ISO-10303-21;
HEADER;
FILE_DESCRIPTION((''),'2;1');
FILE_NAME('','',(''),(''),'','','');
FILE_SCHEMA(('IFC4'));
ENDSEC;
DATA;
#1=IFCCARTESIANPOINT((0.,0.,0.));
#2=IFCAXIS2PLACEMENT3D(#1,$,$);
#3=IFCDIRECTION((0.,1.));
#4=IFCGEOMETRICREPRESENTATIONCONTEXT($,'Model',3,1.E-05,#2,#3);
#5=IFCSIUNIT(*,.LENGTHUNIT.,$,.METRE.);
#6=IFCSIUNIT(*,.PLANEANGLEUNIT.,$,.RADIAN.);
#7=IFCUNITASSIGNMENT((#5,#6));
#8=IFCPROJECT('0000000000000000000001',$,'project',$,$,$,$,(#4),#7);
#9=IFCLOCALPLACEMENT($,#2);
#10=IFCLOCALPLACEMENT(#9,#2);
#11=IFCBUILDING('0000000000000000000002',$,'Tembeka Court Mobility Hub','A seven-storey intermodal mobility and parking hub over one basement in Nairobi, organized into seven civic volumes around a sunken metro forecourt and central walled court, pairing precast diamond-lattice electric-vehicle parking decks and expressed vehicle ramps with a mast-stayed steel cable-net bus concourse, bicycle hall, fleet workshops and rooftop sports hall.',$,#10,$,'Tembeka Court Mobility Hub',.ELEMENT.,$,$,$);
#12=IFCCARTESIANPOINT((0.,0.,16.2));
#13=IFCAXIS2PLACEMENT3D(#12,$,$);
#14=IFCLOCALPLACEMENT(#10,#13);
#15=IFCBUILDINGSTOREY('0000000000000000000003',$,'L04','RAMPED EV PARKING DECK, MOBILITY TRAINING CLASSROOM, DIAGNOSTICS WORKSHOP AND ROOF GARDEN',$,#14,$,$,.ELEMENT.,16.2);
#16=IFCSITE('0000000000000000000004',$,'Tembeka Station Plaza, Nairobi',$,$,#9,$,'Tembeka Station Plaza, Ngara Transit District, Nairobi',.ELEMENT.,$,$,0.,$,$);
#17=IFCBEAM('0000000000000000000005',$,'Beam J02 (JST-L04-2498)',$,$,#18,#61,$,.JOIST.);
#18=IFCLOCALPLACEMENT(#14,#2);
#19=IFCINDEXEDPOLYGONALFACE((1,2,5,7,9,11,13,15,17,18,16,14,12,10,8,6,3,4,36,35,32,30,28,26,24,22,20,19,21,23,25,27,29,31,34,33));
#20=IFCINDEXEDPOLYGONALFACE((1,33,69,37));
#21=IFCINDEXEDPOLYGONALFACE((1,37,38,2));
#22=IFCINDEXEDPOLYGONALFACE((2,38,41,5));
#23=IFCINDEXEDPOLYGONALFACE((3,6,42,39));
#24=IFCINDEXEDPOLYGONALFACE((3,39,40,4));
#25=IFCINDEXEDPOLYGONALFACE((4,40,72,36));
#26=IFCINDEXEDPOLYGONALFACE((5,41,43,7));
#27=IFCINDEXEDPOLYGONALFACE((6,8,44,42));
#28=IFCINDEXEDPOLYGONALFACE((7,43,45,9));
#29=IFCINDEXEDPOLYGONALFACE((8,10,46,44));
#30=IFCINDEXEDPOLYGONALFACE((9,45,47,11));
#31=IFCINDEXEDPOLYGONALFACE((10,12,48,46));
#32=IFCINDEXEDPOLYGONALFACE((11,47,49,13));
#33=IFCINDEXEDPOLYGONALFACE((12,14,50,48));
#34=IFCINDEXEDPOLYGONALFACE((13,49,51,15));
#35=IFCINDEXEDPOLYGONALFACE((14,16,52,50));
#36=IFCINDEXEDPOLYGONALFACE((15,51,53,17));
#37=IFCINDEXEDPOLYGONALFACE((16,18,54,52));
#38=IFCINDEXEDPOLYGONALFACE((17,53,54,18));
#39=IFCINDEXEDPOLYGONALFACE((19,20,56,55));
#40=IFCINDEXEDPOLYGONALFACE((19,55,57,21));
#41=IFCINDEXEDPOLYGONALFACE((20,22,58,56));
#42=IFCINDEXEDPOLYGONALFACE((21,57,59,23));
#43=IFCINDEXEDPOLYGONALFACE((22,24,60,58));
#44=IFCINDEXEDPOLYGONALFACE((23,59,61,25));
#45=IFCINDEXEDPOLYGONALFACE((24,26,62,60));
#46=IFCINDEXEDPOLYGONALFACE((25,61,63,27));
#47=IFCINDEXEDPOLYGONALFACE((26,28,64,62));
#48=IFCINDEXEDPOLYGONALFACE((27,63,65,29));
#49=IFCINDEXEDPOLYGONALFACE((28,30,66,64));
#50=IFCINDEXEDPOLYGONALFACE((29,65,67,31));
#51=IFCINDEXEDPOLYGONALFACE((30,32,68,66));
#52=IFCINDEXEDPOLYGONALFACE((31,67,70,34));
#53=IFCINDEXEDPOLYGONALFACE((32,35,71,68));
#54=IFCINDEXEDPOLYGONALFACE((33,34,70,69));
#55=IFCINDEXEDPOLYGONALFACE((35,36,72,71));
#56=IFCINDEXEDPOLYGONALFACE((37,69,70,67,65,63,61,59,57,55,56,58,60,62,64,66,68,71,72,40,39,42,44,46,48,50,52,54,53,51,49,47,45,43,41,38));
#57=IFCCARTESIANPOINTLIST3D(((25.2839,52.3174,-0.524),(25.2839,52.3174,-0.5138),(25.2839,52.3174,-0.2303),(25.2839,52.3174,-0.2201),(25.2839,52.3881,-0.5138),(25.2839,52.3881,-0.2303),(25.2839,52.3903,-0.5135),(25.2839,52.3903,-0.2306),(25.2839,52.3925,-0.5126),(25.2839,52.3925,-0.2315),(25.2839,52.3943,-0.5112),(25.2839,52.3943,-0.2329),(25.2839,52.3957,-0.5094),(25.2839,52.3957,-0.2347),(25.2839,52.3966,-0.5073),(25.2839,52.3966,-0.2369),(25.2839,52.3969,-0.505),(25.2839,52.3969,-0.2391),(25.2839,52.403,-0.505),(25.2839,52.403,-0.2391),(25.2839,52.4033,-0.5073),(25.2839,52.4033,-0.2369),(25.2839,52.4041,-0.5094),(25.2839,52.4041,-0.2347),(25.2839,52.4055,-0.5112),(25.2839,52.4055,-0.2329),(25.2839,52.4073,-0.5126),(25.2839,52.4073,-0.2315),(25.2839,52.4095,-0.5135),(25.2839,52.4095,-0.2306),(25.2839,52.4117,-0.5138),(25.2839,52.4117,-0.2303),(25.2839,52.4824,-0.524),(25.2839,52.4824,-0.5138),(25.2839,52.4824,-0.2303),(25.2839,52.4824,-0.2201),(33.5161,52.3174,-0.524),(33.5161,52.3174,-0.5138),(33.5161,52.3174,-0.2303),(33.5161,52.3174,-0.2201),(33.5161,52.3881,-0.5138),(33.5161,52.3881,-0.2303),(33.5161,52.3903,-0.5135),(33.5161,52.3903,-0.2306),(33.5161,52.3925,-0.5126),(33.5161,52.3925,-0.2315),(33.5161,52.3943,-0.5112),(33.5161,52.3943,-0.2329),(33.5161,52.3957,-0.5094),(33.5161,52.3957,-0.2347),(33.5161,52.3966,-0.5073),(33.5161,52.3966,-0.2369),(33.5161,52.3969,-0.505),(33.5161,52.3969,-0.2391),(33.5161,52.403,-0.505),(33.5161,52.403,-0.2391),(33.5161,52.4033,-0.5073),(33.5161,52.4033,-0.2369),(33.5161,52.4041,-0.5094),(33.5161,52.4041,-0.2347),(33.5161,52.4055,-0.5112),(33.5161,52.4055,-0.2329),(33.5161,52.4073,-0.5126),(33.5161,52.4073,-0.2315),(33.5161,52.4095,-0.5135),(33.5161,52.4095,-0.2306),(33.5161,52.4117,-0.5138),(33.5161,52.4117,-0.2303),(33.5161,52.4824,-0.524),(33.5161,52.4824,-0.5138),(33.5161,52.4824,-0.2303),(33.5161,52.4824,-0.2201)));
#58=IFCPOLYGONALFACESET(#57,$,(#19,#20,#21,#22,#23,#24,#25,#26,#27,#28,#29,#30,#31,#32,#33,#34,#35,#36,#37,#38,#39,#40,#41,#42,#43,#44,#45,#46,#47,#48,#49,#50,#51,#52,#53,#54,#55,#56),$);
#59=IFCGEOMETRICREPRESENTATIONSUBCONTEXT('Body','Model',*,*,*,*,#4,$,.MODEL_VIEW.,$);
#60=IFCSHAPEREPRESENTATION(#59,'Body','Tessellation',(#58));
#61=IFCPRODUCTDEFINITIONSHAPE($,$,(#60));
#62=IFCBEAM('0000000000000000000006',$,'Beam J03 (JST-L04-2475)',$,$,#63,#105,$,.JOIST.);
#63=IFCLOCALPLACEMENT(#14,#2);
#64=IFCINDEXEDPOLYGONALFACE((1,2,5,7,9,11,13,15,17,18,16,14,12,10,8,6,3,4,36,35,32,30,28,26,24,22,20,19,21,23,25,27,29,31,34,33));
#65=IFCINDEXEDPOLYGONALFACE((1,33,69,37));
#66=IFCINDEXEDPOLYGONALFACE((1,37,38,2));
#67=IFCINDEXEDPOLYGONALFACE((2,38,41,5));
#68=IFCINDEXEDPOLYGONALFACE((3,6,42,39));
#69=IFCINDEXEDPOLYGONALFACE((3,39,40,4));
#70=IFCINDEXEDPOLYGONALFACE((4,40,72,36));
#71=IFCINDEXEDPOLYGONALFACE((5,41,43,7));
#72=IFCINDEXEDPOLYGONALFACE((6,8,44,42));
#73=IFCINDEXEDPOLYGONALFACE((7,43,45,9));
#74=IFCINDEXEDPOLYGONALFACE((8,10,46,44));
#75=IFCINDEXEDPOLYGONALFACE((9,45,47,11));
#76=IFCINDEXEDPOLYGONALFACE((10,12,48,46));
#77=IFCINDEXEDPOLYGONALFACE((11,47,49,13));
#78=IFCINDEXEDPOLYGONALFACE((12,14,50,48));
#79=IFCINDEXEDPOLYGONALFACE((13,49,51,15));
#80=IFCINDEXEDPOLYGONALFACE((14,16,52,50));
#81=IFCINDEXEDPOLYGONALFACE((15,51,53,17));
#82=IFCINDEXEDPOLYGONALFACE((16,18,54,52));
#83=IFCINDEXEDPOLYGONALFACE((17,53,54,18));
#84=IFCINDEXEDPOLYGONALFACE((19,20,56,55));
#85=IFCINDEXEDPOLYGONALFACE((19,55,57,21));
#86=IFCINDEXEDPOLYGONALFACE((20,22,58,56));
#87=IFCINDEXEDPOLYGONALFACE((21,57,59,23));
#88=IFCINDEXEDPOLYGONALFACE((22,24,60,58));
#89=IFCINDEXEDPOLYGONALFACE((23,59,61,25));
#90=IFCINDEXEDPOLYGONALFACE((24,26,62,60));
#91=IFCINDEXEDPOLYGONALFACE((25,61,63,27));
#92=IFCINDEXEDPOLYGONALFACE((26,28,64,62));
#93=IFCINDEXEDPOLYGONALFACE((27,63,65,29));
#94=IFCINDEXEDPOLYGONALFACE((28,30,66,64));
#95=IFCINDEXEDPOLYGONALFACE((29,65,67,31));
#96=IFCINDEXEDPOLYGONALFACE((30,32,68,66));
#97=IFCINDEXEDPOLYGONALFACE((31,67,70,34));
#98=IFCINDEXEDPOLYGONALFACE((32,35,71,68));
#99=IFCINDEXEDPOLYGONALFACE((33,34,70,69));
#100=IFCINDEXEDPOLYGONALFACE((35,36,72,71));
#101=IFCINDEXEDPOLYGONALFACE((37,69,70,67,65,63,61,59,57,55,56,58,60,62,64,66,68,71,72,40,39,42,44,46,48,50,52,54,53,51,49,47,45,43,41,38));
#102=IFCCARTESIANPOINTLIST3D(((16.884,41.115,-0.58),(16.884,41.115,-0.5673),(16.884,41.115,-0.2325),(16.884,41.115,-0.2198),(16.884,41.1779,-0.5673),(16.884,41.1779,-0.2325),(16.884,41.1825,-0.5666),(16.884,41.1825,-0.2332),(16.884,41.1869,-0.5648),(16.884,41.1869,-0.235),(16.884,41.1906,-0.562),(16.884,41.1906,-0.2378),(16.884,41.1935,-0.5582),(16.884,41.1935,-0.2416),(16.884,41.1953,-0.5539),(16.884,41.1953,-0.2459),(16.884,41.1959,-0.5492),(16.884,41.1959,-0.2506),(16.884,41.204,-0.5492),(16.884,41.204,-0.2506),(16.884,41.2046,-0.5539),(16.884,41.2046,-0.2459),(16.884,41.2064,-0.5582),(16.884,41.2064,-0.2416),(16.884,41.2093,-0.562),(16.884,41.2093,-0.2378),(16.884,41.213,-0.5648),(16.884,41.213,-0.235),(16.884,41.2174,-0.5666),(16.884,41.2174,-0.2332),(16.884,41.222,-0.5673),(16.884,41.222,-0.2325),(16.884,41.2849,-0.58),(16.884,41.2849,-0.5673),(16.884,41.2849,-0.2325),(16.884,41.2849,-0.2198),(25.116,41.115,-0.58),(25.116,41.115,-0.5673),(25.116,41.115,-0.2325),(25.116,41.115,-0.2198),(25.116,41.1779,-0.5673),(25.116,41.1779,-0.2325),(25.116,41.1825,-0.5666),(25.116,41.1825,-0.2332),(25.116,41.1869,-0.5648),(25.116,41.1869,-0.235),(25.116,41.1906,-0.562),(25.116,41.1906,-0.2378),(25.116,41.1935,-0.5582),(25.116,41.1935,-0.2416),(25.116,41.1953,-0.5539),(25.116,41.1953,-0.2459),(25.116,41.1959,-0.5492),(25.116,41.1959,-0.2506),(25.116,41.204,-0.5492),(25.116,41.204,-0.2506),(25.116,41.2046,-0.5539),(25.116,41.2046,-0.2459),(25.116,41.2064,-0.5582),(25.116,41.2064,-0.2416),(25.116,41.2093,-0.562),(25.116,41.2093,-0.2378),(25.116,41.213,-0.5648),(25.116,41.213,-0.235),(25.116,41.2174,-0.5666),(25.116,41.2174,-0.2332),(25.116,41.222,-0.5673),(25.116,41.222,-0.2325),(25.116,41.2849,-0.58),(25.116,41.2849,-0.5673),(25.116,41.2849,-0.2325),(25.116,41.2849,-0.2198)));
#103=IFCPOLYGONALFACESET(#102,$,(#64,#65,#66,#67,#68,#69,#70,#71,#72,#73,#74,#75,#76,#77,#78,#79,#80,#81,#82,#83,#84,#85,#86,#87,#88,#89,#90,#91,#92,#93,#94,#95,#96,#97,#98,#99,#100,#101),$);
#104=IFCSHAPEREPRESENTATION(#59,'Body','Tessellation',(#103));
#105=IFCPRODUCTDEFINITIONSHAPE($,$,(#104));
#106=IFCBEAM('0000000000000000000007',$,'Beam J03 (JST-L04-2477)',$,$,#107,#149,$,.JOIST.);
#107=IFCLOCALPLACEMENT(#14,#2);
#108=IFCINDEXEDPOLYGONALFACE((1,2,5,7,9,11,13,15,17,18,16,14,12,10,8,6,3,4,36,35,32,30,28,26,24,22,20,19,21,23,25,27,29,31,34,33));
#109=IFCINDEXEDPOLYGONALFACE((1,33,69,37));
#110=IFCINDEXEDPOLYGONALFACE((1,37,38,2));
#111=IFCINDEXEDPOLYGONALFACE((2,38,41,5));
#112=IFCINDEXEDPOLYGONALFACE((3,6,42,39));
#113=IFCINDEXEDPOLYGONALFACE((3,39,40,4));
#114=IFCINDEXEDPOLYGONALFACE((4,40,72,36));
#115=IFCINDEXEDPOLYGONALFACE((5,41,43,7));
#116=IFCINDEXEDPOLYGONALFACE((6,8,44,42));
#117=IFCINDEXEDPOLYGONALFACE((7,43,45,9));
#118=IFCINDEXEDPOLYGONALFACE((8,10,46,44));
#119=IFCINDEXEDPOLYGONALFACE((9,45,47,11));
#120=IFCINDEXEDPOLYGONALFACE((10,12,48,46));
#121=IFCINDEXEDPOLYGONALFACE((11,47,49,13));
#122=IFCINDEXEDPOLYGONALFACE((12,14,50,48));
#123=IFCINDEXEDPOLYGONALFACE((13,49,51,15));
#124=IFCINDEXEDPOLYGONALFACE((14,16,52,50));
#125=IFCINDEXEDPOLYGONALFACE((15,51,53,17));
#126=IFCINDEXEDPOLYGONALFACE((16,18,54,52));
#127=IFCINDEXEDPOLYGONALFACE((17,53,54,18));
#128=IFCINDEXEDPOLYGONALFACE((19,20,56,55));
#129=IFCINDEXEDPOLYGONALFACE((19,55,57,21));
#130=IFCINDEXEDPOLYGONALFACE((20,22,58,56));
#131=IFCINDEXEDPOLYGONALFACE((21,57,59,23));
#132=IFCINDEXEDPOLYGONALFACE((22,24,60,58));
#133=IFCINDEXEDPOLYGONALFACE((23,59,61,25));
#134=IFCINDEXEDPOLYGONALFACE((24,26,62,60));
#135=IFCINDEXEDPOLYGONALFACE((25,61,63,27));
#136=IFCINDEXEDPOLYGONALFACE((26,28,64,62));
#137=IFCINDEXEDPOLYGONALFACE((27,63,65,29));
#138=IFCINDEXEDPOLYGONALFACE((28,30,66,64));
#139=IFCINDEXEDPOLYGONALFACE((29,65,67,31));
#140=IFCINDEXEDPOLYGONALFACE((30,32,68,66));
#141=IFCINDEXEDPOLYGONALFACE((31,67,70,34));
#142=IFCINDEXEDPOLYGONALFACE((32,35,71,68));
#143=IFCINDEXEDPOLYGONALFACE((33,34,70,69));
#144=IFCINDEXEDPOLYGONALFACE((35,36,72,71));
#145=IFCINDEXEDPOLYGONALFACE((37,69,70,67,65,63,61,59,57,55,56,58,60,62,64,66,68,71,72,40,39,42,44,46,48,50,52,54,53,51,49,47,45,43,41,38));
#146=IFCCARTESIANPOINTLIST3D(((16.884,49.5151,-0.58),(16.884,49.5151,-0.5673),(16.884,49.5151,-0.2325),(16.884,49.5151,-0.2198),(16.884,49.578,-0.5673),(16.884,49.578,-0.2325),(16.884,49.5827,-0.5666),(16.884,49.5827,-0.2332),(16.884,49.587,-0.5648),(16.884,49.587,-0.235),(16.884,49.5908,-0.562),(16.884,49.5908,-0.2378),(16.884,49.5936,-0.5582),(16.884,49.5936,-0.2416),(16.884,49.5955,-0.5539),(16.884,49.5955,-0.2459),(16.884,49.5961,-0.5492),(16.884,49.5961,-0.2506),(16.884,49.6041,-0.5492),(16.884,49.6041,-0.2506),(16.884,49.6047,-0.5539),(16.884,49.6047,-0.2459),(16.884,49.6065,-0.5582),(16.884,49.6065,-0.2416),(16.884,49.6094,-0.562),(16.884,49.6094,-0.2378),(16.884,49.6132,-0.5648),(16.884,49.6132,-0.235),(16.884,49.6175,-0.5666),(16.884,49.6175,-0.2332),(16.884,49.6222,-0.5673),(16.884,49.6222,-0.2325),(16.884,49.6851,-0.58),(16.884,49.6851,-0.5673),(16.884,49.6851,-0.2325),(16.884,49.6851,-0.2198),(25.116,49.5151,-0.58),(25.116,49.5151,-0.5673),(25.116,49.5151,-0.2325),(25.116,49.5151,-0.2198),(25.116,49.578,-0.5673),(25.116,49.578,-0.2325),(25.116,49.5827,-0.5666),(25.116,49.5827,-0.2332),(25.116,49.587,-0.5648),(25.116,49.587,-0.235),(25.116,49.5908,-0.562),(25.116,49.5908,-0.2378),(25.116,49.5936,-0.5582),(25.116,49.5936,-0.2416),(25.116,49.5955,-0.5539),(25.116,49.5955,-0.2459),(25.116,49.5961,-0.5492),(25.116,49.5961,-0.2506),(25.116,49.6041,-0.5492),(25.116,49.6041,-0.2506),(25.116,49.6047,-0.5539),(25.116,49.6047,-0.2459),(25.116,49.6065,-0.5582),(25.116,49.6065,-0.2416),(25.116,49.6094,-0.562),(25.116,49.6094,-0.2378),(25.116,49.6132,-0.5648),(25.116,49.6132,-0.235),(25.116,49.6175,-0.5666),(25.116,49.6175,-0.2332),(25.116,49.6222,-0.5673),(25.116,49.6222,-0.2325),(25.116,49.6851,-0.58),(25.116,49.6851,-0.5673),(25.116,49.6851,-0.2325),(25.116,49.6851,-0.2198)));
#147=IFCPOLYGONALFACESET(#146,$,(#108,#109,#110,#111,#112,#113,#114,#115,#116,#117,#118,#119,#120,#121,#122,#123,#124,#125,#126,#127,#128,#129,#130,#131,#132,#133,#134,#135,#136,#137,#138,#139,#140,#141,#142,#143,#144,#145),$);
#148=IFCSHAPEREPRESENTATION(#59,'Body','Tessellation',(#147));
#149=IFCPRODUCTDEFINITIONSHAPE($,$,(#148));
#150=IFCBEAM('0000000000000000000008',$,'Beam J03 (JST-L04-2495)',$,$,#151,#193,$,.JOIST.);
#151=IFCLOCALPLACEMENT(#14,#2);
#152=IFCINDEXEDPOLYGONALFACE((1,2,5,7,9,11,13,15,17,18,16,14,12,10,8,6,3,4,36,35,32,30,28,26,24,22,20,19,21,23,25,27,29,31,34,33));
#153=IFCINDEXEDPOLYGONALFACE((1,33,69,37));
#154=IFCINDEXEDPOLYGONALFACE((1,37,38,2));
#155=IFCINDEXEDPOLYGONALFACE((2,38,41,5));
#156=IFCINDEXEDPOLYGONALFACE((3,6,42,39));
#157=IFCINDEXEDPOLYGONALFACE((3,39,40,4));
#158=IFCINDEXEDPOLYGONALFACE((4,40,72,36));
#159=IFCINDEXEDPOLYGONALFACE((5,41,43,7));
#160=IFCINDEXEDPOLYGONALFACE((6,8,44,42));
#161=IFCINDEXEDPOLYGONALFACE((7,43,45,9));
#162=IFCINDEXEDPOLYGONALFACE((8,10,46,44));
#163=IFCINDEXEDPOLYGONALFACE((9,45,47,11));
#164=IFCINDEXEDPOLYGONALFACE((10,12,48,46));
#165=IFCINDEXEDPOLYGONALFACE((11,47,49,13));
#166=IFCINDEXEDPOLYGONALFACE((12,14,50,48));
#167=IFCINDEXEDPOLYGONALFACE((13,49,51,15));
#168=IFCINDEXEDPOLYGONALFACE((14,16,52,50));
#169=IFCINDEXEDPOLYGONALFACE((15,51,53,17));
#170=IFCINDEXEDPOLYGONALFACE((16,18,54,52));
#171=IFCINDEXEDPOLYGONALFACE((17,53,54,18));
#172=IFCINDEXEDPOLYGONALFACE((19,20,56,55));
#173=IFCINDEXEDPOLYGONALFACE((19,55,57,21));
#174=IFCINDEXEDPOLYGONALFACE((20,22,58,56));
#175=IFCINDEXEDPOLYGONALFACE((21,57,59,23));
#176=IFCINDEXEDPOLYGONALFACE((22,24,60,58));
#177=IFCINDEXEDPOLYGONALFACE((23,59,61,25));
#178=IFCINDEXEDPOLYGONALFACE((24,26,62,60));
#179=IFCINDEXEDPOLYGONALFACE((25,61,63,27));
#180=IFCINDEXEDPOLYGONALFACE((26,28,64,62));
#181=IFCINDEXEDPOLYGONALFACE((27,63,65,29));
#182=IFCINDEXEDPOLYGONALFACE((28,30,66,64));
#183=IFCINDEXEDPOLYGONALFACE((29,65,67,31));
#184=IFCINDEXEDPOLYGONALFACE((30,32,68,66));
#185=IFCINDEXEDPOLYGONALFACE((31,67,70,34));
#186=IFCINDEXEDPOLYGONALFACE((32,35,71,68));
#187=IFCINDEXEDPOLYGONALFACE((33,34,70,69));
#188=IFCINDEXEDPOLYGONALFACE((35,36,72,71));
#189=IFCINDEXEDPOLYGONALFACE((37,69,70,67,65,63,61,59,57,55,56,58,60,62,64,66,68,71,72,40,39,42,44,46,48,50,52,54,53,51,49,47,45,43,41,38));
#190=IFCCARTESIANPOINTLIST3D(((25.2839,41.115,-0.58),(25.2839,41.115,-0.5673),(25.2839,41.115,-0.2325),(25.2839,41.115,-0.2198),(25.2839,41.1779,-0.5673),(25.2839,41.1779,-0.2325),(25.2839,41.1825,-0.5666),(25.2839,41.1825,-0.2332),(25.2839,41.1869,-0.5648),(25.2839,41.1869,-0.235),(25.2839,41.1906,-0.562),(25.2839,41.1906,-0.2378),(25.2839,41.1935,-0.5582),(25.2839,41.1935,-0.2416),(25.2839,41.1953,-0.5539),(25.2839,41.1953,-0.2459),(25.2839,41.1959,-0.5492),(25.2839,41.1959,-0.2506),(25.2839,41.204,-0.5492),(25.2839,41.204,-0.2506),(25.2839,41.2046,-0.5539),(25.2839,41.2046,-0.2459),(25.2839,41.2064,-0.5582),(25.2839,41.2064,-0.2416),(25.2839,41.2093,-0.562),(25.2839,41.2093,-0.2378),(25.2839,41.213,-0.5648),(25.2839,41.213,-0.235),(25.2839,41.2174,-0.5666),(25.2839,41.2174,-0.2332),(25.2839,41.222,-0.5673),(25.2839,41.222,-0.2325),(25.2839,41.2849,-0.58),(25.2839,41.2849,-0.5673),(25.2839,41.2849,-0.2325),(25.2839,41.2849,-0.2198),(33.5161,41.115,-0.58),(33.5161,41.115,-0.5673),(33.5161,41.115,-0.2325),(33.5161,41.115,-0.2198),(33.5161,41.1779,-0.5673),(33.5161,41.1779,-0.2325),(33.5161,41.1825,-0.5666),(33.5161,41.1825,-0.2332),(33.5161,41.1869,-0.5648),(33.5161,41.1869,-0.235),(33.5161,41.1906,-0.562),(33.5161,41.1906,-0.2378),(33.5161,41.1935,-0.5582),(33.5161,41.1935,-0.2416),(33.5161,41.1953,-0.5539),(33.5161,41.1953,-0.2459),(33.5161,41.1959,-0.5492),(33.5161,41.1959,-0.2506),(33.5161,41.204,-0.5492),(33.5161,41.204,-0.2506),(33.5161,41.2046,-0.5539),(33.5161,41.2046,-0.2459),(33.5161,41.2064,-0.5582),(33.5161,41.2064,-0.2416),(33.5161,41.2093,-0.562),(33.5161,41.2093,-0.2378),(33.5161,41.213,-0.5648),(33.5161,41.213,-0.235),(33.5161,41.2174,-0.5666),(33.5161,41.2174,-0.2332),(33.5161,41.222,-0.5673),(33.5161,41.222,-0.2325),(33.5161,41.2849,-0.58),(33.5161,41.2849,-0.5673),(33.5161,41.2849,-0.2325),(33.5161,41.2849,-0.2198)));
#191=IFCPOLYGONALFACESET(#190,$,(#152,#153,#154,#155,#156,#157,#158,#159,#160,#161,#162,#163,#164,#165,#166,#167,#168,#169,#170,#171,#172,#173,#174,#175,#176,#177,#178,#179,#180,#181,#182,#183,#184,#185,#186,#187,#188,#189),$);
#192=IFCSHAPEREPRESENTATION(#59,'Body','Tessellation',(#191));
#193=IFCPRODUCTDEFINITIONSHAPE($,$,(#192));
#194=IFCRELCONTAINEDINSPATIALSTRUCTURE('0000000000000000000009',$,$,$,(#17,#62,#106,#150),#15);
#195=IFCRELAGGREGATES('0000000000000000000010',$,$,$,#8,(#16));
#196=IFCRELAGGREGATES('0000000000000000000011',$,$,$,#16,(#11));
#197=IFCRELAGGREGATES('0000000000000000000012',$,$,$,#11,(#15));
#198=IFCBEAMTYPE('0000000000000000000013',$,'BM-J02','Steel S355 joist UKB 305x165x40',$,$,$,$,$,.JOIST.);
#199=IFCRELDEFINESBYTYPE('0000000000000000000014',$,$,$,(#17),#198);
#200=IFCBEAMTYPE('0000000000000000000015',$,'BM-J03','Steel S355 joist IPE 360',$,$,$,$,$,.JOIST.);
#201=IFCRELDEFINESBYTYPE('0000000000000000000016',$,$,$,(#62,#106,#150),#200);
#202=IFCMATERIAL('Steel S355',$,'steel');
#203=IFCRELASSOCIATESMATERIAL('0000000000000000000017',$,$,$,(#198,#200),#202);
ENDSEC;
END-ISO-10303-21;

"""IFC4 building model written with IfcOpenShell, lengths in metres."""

from ifc_helpers import new_model, si_unit, direction, frame, origin, origin_2d, place, context, subcontext, project, spatial, i_section, extrude, material, material_profile, profile_set, type_object, element, save


model = new_model("IFC4")

# Units and contexts
model_context = context("Model", 3, precision=1e-05, world=origin(), true_north=direction((0.0, 1.0)))
body_context = subcontext(model_context, "Body", "Model", "MODEL_VIEW")
ifc_project = project(units=[si_unit("LENGTHUNIT", "METRE"), si_unit("PLANEANGLEUNIT", "RADIAN")], contexts=[model_context])

# Site, building, storey
site_placement = place(None, origin())
site = spatial("IfcSite", under=ifc_project, at=site_placement, Name="Tembeka Station Plaza, Nairobi", LongName="Tembeka Station Plaza, Ngara Transit District, Nairobi", CompositionType="ELEMENT", RefElevation=0.0)
building_placement = place(site_placement, origin())
building = spatial("IfcBuilding", under=site, at=building_placement, Name="Tembeka Court Mobility Hub", Description="A seven-storey intermodal mobility and parking hub over one basement in Nairobi, organized into seven civic volumes around a sunken metro forecourt and central walled court, pairing precast diamond-lattice electric-vehicle parking decks and expressed vehicle ramps with a mast-stayed steel cable-net bus concourse, bicycle hall, fleet workshops and rooftop sports hall.", LongName="Tembeka Court Mobility Hub", CompositionType="ELEMENT")
storey_placement = place(building_placement, frame((0.0, 0.0, 16.2)))
storey = spatial("IfcBuildingStorey", under=building, at=storey_placement, Name="L04", Description="RAMPED EV PARKING DECK, MOBILITY TRAINING CLASSROOM, DIAGNOSTICS WORKSHOP AND ROOF GARDEN", CompositionType="ELEMENT", Elevation=16.2)

# Shared definitions
ifc_material_1 = material(Name="Steel S355", Category="steel")

# Beams
ifc_material_profile_1 = material_profile(ifc_material_1, i_section(OverallWidth=0.165, OverallDepth=0.304, WebThickness=0.0061, FlangeThickness=0.0103, FilletRadius=0.0088, at=origin_2d()), Name="UKB 305x165x40")
ifc_profile_set_1 = profile_set([ifc_material_profile_1], Name="Steel S355")
beam_type_1 = type_object("IfcBeamType", Name="BM-J02", Description="Steel S355 joist UKB 305x165x40", PredefinedType="JOIST", material=ifc_profile_set_1)
for number, where, z_axis, x_axis, name in (
    (1, (25.2839, 52.3999, -0.3721), (1.0, 0.0, 0.0), (0.0, 1.0, 0.0), "Beam J02 (JST-L04-2498)"),
):
    element("IfcBeam", number, at=place(storey_placement, frame(where, z_axis=z_axis, x_axis=x_axis)), inside=storey, type_object=beam_type_1, Name=name, PredefinedType="JOIST", context=body_context, shape_type="SweptSolid", body=[
        extrude(i_section(OverallWidth=0.165, OverallDepth=0.304, WebThickness=0.0061, FlangeThickness=0.0103, FilletRadius=0.0088, at=origin_2d()), origin(), (0.0, 0.0, 1.0), 8.2322),
    ])
ifc_material_profile_2 = material_profile(ifc_material_1, i_section(OverallWidth=0.1699, OverallDepth=0.3601, WebThickness=0.0081, FlangeThickness=0.0127, FilletRadius=0.0181, at=origin_2d()), Name="IPE 360")
ifc_profile_set_2 = profile_set([ifc_material_profile_2], Name="Steel S355")
beam_type_2 = type_object("IfcBeamType", Name="BM-J03", Description="Steel S355 joist IPE 360", PredefinedType="JOIST", material=ifc_profile_set_2)
for number, where, z_axis, x_axis, name in (
    (2, (16.884, 41.2, -0.3999), (1.0, 0.0, 0.0), (0.0, 1.0, 0.0), "Beam J03 (JST-L04-2475)"),
    (3, (16.884, 49.6001, -0.3999), (1.0, 0.0, 0.0), (0.0, 1.0, 0.0), "Beam J03 (JST-L04-2477)"),
):
    element("IfcBeam", number, at=place(storey_placement, frame(where, z_axis=z_axis, x_axis=x_axis)), inside=storey, type_object=beam_type_2, Name=name, PredefinedType="JOIST", context=body_context, shape_type="SweptSolid", body=[
        extrude(i_section(OverallWidth=0.1699, OverallDepth=0.3601, WebThickness=0.0081, FlangeThickness=0.0127, FilletRadius=0.0181, at=origin_2d()), origin(), (0.0, 0.0, 1.0), 8.2319),
    ])
for number, where, z_axis, x_axis, name in (
    (4, (25.2839, 41.2, -0.3999), (1.0, 0.0, 0.0), (0.0, 1.0, 0.0), "Beam J03 (JST-L04-2495)"),
):
    element("IfcBeam", number, at=place(storey_placement, frame(where, z_axis=z_axis, x_axis=x_axis)), inside=storey, type_object=beam_type_2, Name=name, PredefinedType="JOIST", context=body_context, shape_type="SweptSolid", body=[
        extrude(i_section(OverallWidth=0.1699, OverallDepth=0.3601, WebThickness=0.0081, FlangeThickness=0.0127, FilletRadius=0.0181, at=origin_2d()), origin(), (0.0, 0.0, 1.0), 8.2322),
    ])

save(model, "model.ifc")
